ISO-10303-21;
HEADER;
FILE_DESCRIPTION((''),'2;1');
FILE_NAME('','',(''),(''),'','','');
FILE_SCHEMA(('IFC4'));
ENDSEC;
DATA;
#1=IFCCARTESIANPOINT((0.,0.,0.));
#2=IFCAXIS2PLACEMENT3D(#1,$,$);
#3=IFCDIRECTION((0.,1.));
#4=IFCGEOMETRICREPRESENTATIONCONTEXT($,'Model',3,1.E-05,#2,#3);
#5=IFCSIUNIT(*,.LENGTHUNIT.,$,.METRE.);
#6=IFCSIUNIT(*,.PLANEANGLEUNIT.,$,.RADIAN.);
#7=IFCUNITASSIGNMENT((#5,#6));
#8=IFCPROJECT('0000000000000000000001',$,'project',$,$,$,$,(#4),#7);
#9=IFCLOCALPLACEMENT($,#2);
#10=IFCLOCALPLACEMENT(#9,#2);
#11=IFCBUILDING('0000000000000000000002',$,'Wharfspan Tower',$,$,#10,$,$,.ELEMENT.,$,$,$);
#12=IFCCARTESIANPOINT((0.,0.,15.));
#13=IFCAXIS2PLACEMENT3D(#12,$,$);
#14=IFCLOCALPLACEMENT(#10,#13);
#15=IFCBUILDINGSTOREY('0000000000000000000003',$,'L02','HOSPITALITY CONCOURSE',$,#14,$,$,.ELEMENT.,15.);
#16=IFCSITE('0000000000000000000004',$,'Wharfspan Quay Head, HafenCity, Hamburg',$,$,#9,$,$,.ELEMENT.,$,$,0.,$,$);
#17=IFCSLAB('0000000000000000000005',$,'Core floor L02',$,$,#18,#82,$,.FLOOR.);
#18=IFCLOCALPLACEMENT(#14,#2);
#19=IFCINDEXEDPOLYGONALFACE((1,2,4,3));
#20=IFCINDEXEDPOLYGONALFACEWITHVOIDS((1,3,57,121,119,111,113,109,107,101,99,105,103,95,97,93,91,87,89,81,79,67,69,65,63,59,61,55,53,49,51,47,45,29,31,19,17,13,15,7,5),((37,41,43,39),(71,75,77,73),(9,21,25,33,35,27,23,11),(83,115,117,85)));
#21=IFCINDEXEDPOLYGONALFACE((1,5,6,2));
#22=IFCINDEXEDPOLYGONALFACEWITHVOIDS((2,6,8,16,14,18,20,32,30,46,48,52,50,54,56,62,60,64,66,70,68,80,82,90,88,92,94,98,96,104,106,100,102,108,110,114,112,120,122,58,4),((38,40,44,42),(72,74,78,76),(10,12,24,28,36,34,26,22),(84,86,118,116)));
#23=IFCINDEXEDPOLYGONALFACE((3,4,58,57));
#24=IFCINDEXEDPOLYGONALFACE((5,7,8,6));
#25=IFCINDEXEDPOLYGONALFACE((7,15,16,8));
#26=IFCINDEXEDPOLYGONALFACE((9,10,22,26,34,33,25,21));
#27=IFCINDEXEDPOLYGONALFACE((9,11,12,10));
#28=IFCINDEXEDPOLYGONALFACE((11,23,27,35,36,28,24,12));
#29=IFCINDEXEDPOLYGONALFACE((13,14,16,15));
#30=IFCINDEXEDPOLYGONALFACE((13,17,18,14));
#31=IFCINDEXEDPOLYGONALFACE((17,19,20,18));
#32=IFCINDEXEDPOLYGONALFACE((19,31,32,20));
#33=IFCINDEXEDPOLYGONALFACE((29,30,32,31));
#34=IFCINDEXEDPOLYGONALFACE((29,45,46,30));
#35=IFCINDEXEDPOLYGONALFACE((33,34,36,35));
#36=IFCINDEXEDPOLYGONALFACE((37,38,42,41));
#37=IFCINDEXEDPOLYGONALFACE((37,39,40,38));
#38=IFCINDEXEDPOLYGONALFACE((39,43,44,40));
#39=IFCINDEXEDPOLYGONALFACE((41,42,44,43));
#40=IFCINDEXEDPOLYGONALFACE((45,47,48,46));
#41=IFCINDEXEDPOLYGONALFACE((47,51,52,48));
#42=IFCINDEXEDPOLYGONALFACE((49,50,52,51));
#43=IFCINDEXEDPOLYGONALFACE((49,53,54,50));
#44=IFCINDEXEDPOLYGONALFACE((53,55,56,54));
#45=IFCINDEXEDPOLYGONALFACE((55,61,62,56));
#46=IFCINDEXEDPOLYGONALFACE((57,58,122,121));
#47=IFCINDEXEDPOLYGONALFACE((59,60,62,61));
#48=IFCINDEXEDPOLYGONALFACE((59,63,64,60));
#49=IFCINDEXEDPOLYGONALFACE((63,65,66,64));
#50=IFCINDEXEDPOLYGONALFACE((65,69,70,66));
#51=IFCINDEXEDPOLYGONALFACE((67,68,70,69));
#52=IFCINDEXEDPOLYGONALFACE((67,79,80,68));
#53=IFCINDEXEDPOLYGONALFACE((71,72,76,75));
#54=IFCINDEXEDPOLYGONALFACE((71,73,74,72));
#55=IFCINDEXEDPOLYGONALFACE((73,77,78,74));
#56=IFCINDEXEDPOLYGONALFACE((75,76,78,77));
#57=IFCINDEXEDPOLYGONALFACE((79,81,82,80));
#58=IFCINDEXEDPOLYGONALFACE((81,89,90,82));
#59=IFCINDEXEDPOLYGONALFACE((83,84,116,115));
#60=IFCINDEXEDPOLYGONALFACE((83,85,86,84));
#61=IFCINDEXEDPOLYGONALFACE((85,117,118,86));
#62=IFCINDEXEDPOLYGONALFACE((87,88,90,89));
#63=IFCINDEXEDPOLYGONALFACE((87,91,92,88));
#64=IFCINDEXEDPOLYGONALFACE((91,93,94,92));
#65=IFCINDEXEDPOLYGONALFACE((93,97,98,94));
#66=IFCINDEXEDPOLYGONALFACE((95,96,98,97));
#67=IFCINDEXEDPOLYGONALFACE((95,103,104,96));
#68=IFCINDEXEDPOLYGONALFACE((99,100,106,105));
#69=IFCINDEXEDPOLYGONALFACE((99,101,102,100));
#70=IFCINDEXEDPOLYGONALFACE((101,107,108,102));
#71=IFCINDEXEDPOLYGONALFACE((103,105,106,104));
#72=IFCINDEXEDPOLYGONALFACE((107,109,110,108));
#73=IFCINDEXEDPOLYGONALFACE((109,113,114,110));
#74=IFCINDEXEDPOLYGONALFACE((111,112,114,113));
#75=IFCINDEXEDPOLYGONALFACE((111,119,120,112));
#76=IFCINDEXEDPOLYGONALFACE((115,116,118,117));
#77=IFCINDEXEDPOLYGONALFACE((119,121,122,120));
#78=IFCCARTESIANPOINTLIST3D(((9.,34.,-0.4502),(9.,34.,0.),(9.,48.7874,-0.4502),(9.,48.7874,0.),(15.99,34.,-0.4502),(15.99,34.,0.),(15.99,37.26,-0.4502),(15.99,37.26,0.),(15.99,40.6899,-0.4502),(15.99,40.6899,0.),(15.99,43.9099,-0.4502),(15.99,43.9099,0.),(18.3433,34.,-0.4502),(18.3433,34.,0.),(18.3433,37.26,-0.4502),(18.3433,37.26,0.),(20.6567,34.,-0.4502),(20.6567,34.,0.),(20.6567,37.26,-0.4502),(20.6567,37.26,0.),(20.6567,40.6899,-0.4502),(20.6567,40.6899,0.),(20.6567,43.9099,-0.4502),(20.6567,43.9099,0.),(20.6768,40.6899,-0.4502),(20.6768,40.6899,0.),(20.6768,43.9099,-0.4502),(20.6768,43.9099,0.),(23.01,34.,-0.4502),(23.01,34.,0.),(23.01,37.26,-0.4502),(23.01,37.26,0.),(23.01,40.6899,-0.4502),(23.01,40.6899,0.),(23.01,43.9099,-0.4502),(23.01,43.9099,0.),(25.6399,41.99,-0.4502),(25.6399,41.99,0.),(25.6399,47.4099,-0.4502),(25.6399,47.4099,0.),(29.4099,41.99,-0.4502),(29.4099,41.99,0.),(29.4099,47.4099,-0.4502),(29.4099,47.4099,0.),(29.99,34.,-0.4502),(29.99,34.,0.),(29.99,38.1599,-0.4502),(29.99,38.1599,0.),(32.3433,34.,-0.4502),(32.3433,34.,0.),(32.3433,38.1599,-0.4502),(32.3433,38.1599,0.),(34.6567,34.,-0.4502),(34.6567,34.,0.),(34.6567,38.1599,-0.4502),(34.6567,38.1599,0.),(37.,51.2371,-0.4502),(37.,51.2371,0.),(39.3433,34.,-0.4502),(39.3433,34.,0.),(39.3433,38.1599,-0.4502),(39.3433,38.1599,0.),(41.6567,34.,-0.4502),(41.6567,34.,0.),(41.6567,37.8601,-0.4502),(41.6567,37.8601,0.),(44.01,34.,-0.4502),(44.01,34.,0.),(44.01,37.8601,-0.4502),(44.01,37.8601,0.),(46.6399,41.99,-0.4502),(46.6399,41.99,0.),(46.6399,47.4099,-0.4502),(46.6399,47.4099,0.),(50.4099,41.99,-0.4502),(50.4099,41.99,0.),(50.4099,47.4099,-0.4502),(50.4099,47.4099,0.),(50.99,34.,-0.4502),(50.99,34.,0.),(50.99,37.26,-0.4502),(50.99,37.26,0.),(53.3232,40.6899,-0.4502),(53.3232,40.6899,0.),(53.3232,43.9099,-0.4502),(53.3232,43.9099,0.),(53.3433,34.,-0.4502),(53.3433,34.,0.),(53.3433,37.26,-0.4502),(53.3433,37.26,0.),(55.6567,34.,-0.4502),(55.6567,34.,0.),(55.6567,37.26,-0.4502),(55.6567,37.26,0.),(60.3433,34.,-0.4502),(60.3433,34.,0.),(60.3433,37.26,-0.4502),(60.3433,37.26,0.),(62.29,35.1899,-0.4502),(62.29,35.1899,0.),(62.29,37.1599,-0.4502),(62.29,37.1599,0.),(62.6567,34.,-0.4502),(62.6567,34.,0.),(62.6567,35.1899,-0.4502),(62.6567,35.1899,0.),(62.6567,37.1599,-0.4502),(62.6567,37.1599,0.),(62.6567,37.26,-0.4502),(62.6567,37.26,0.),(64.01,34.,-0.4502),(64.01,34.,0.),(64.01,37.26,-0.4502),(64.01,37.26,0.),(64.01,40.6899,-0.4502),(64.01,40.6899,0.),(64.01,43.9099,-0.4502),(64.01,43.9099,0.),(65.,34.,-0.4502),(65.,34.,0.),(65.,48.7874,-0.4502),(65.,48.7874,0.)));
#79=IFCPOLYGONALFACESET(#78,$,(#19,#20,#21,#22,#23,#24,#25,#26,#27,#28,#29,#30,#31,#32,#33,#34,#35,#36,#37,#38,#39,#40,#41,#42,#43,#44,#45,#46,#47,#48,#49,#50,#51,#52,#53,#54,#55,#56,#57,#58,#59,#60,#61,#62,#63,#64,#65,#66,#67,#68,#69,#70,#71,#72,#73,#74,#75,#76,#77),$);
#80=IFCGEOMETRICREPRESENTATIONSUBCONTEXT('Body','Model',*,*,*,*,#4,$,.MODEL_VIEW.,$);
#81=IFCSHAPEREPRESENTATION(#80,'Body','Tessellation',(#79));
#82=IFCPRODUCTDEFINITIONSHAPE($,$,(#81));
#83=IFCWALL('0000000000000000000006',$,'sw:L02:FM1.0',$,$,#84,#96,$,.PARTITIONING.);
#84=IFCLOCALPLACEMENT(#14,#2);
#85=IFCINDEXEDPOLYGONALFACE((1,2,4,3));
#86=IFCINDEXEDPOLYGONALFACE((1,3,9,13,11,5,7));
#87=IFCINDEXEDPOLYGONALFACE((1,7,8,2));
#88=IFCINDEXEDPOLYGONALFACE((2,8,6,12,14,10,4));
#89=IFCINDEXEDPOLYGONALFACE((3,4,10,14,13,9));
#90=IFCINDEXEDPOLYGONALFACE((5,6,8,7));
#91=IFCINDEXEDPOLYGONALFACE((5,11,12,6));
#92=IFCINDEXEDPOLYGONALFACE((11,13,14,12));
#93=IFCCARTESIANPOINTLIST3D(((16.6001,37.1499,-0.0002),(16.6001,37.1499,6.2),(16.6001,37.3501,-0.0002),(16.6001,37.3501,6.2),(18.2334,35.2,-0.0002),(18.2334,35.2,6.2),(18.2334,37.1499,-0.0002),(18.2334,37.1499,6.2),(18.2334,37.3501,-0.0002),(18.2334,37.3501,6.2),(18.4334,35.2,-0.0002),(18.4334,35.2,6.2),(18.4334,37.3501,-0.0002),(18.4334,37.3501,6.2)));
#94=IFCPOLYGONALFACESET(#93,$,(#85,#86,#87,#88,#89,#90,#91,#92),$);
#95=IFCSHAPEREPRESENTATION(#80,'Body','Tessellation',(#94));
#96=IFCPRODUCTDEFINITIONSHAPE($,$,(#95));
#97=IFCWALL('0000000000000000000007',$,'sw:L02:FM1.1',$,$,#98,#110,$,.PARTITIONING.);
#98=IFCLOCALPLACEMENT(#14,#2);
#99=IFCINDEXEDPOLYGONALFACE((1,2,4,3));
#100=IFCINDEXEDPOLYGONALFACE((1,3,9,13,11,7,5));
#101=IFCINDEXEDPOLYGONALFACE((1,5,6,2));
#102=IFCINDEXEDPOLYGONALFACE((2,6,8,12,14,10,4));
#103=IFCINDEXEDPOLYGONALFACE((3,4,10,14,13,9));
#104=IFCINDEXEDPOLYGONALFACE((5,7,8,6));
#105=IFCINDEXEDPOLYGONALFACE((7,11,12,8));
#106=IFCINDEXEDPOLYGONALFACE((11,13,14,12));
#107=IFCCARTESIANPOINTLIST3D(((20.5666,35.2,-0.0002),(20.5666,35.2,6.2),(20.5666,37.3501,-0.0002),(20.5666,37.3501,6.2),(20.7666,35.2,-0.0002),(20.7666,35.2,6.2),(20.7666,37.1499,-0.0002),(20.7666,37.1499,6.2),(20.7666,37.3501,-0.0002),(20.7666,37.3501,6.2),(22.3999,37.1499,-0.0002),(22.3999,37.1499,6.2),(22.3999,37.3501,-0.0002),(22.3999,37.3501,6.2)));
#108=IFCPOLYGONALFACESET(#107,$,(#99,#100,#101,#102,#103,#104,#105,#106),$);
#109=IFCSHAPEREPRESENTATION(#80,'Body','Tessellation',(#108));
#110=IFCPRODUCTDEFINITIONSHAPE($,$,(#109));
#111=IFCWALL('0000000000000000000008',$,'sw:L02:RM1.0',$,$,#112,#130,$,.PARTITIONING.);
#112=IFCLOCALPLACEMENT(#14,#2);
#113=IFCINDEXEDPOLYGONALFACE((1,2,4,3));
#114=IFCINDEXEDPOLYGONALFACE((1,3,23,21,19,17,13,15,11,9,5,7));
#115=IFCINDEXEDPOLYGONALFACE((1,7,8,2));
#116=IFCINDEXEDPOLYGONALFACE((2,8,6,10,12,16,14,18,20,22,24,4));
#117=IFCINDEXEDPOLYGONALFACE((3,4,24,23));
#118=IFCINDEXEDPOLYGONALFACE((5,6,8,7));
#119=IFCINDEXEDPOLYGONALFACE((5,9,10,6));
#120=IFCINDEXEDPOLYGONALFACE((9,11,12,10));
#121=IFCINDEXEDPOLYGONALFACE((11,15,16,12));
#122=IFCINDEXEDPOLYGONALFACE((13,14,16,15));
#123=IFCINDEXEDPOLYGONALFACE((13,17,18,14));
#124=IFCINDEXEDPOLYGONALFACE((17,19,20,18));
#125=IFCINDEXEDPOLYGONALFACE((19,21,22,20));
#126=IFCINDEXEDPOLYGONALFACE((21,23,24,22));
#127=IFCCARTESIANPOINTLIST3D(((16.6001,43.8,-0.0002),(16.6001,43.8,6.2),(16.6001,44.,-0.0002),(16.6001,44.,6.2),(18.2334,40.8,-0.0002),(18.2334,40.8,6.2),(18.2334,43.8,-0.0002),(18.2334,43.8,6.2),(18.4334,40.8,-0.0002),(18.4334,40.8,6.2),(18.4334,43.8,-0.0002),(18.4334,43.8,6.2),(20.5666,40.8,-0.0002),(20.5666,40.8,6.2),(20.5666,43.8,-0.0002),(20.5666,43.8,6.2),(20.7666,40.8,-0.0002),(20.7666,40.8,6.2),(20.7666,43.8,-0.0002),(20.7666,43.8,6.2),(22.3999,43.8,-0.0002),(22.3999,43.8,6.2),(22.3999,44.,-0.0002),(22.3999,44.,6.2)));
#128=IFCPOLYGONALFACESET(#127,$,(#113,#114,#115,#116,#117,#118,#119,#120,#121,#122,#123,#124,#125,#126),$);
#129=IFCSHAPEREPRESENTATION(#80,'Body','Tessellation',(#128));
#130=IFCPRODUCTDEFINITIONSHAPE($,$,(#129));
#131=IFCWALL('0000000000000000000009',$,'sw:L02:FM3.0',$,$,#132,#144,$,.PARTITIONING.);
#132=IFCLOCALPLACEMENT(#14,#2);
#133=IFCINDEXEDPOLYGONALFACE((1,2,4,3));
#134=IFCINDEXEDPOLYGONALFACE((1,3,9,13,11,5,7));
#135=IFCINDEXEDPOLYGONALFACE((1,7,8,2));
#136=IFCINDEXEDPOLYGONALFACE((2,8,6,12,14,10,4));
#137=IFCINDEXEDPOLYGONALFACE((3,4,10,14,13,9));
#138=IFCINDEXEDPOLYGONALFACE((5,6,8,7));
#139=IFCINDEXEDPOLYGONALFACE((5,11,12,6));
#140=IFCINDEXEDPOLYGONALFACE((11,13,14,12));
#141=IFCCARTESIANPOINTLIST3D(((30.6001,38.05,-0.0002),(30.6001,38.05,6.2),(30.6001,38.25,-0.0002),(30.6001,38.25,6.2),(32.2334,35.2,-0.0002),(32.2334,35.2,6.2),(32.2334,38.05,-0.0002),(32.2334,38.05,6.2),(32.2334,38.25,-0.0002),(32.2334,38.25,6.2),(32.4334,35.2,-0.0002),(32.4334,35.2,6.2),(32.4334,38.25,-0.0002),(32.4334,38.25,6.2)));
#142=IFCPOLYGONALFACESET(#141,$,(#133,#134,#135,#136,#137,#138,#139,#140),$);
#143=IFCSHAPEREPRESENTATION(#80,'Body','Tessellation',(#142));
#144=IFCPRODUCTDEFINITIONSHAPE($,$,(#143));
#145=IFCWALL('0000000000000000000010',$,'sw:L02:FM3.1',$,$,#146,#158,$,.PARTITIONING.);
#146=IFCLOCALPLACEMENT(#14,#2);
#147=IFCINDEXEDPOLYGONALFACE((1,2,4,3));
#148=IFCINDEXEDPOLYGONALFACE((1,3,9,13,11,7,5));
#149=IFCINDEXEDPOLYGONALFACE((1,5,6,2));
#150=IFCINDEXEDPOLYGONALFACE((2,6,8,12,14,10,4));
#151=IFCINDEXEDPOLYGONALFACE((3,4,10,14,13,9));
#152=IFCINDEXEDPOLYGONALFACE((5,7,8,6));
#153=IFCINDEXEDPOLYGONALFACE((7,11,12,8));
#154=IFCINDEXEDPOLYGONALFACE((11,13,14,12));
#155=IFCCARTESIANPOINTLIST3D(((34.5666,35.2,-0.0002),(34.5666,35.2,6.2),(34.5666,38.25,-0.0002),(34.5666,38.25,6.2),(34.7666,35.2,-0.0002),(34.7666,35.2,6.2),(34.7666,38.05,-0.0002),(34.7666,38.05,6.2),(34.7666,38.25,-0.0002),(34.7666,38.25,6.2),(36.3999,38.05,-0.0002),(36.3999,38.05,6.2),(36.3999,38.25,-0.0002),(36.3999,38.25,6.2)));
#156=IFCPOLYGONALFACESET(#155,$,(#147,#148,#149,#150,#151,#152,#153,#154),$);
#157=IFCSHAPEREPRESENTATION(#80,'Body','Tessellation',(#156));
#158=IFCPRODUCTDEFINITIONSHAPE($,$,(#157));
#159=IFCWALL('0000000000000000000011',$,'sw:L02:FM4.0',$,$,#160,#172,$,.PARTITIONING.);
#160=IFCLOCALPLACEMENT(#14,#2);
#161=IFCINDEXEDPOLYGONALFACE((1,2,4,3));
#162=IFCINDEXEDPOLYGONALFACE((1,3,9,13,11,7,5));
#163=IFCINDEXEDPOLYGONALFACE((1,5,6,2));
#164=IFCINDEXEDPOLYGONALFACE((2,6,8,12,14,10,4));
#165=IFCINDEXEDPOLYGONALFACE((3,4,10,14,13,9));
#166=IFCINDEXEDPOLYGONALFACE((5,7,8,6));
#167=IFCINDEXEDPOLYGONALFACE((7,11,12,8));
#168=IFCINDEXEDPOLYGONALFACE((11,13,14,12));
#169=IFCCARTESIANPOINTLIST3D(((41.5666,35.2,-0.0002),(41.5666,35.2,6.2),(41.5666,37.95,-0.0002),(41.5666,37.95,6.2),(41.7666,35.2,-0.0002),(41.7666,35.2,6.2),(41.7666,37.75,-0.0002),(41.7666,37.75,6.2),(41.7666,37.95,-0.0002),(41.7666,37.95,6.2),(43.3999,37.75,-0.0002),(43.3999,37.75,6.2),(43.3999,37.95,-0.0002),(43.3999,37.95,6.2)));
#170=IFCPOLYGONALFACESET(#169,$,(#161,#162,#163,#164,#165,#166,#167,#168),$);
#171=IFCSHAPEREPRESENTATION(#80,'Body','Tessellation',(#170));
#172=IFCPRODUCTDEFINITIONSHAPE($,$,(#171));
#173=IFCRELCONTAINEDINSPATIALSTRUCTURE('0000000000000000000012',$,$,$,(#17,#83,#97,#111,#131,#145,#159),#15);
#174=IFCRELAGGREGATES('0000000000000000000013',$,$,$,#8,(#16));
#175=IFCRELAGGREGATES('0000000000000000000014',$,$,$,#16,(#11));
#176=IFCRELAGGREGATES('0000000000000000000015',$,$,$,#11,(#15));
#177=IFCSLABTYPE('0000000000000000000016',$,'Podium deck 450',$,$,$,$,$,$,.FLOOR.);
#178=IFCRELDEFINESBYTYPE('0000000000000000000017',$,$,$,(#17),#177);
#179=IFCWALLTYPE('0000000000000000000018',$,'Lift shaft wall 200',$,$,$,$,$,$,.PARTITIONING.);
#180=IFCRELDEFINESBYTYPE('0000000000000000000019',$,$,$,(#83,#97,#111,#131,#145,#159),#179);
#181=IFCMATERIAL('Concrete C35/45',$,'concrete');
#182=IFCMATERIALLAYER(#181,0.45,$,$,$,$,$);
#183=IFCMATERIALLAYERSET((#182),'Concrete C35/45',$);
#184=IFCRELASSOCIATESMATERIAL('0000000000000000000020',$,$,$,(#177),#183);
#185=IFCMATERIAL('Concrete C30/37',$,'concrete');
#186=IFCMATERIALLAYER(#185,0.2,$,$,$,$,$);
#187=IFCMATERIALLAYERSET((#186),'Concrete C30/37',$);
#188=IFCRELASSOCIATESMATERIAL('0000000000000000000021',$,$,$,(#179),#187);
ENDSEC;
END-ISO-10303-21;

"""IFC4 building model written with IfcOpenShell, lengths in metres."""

from ifc_helpers import new_model, si_unit, direction, frame, origin, place, context, subcontext, project, spatial, polyline, outline, extrude, material, layer, layer_set, type_object, element, save


model = new_model("IFC4")

# Units and contexts
model_context = context("Model", 3, precision=1e-05, world=origin(), true_north=direction((0.0, 1.0)))
body_context = subcontext(model_context, "Body", "Model", "MODEL_VIEW")
ifc_project = project(units=[si_unit("LENGTHUNIT", "METRE"), si_unit("PLANEANGLEUNIT", "RADIAN")], contexts=[model_context])

# Site, building, storey
site_placement = place(None, origin())
site = spatial("IfcSite", under=ifc_project, at=site_placement, Name="Wharfspan Quay Head, HafenCity, Hamburg", CompositionType="ELEMENT", RefElevation=0.0)
building_placement = place(site_placement, origin())
building = spatial("IfcBuilding", under=site, at=building_placement, Name="Wharfspan Tower", CompositionType="ELEMENT")
storey_placement = place(building_placement, frame((0.0, 0.0, 15.0)))
storey = spatial("IfcBuildingStorey", under=building, at=storey_placement, Name="L02", Description="HOSPITALITY CONCOURSE", CompositionType="ELEMENT", Elevation=15.0)

# Slab
ifc_material_1 = material(Name="Concrete C35/45", Category="concrete")
ifc_layer_1 = layer(ifc_material_1, 0.45)
ifc_layer_set_1 = layer_set([ifc_layer_1], Name="Concrete C35/45")
slab_type = type_object("IfcSlabType", Name="Podium deck 450", PredefinedType="FLOOR", material=ifc_layer_set_1)
slab_1_placement = place(storey_placement, frame((0.0, 0.0, -0.4502)))
element("IfcSlab", 1, at=slab_1_placement, inside=storey, type_object=slab_type, Name="Core floor L02", PredefinedType="FLOOR", context=body_context, shape_type="SweptSolid", body=[
    extrude(outline(polyline([(65.0, 48.7874), (65.0, 34.0), (64.01, 34.0), (64.01, 37.26), (62.6567, 37.26), (62.6567, 37.1599), (62.29, 37.1599), (62.29, 35.1899), (62.6567, 35.1899), (62.6567, 34.0), (60.3433, 34.0), (60.3433, 37.26), (55.6567, 37.26), (55.6567, 34.0), (53.3433, 34.0), (53.3433, 37.26), (50.99, 37.26), (50.99, 34.0), (44.01, 34.0), (44.01, 37.8601), (41.6567, 37.8601), (41.6567, 34.0), (39.3433, 34.0), (39.3433, 38.1599), (34.6567, 38.1599), (34.6567, 34.0), (32.3433, 34.0), (32.3433, 38.1599), (29.99, 38.1599), (29.99, 34.0), (23.01, 34.0), (23.01, 37.26), (20.6567, 37.26), (20.6567, 34.0), (18.3433, 34.0), (18.3433, 37.26), (15.99, 37.26), (15.99, 34.0), (9.0, 34.0), (9.0, 48.7874), (37.0, 51.2371), (65.0, 48.7874)]), holes=[polyline([(53.3232, 43.9099), (53.3232, 40.6899), (64.01, 40.6899), (64.01, 43.9099), (53.3232, 43.9099)]), polyline([(50.4099, 41.99), (50.4099, 47.4099), (46.6399, 47.4099), (46.6399, 41.99), (50.4099, 41.99)]), polyline([(29.4099, 41.99), (29.4099, 47.4099), (25.6399, 47.4099), (25.6399, 41.99), (29.4099, 41.99)]), polyline([(20.6768, 40.6899), (23.01, 40.6899), (23.01, 43.9099), (20.6768, 43.9099), (20.6567, 43.9099), (15.99, 43.9099), (15.99, 40.6899), (20.6567, 40.6899), (20.6768, 40.6899)])]), origin(), (0.0, 0.0, 1.0), 0.4502),
])

# Walls
ifc_material_2 = material(Name="Concrete C30/37", Category="concrete")
ifc_layer_2 = layer(ifc_material_2, 0.2)
ifc_layer_set_2 = layer_set([ifc_layer_2], Name="Concrete C30/37")
wall_type_1 = type_object("IfcWallType", Name="Lift shaft wall 200", PredefinedType="PARTITIONING", material=ifc_layer_set_2)
wall_1_placement = place(storey_placement, frame((0.0, 0.0, -0.0002)))
element("IfcWall", 2, at=wall_1_placement, inside=storey, type_object=wall_type_1, Name="sw:L02:FM1.0", PredefinedType="PARTITIONING", context=body_context, shape_type="SweptSolid", body=[
    extrude(outline(polyline([(18.2334, 37.1499), (16.6001, 37.1499), (16.6001, 37.3501), (18.2334, 37.3501), (18.4334, 37.3501), (18.4334, 35.2), (18.2334, 35.2), (18.2334, 37.1499)])), origin(), (0.0, 0.0, 1.0), 6.2002),
])
wall_2_placement = place(storey_placement, frame((0.0, 0.0, -0.0002)))
element("IfcWall", 3, at=wall_2_placement, inside=storey, type_object=wall_type_1, Name="sw:L02:FM1.1", PredefinedType="PARTITIONING", context=body_context, shape_type="SweptSolid", body=[
    extrude(outline(polyline([(20.5666, 37.3501), (20.7666, 37.3501), (22.3999, 37.3501), (22.3999, 37.1499), (20.7666, 37.1499), (20.7666, 35.2), (20.5666, 35.2), (20.5666, 37.3501)])), origin(), (0.0, 0.0, 1.0), 6.2002),
])
wall_3_placement = place(storey_placement, frame((0.0, 0.0, -0.0002)))
element("IfcWall", 4, at=wall_3_placement, inside=storey, type_object=wall_type_1, Name="sw:L02:RM1.0", PredefinedType="PARTITIONING", context=body_context, shape_type="SweptSolid", body=[
    extrude(outline(polyline([(18.4334, 40.8), (18.2334, 40.8), (18.2334, 43.8), (16.6001, 43.8), (16.6001, 44.0), (22.3999, 44.0), (22.3999, 43.8), (20.7666, 43.8), (20.7666, 40.8), (20.5666, 40.8), (20.5666, 43.8), (18.4334, 43.8), (18.4334, 40.8)])), origin(), (0.0, 0.0, 1.0), 6.2002),
])
wall_4_placement = place(storey_placement, frame((0.0, 0.0, -0.0002)))
element("IfcWall", 5, at=wall_4_placement, inside=storey, type_object=wall_type_1, Name="sw:L02:FM3.0", PredefinedType="PARTITIONING", context=body_context, shape_type="SweptSolid", body=[
    extrude(outline(polyline([(32.2334, 38.05), (30.6001, 38.05), (30.6001, 38.25), (32.2334, 38.25), (32.4333, 38.25), (32.4333, 35.2), (32.2334, 35.2), (32.2334, 38.05)])), origin(), (0.0, 0.0, 1.0), 6.2002),
])
wall_5_placement = place(storey_placement, frame((0.0, 0.0, -0.0002)))
element("IfcWall", 6, at=wall_5_placement, inside=storey, type_object=wall_type_1, Name="sw:L02:FM3.1", PredefinedType="PARTITIONING", context=body_context, shape_type="SweptSolid", body=[
    extrude(outline(polyline([(34.5667, 38.25), (34.7666, 38.25), (36.3999, 38.25), (36.3999, 38.05), (34.7666, 38.05), (34.7666, 35.2), (34.5667, 35.2), (34.5667, 38.25)])), origin(), (0.0, 0.0, 1.0), 6.2002),
])
wall_6_placement = place(storey_placement, frame((0.0, 0.0, -0.0002)))
element("IfcWall", 7, at=wall_6_placement, inside=storey, type_object=wall_type_1, Name="sw:L02:FM4.0", PredefinedType="PARTITIONING", context=body_context, shape_type="SweptSolid", body=[
    extrude(outline(polyline([(41.5667, 37.95), (41.7666, 37.95), (43.3999, 37.95), (43.3999, 37.75), (41.7666, 37.75), (41.7666, 35.2), (41.5667, 35.2), (41.5667, 37.95)])), origin(), (0.0, 0.0, 1.0), 6.2002),
])

save(model, "model.ifc")
